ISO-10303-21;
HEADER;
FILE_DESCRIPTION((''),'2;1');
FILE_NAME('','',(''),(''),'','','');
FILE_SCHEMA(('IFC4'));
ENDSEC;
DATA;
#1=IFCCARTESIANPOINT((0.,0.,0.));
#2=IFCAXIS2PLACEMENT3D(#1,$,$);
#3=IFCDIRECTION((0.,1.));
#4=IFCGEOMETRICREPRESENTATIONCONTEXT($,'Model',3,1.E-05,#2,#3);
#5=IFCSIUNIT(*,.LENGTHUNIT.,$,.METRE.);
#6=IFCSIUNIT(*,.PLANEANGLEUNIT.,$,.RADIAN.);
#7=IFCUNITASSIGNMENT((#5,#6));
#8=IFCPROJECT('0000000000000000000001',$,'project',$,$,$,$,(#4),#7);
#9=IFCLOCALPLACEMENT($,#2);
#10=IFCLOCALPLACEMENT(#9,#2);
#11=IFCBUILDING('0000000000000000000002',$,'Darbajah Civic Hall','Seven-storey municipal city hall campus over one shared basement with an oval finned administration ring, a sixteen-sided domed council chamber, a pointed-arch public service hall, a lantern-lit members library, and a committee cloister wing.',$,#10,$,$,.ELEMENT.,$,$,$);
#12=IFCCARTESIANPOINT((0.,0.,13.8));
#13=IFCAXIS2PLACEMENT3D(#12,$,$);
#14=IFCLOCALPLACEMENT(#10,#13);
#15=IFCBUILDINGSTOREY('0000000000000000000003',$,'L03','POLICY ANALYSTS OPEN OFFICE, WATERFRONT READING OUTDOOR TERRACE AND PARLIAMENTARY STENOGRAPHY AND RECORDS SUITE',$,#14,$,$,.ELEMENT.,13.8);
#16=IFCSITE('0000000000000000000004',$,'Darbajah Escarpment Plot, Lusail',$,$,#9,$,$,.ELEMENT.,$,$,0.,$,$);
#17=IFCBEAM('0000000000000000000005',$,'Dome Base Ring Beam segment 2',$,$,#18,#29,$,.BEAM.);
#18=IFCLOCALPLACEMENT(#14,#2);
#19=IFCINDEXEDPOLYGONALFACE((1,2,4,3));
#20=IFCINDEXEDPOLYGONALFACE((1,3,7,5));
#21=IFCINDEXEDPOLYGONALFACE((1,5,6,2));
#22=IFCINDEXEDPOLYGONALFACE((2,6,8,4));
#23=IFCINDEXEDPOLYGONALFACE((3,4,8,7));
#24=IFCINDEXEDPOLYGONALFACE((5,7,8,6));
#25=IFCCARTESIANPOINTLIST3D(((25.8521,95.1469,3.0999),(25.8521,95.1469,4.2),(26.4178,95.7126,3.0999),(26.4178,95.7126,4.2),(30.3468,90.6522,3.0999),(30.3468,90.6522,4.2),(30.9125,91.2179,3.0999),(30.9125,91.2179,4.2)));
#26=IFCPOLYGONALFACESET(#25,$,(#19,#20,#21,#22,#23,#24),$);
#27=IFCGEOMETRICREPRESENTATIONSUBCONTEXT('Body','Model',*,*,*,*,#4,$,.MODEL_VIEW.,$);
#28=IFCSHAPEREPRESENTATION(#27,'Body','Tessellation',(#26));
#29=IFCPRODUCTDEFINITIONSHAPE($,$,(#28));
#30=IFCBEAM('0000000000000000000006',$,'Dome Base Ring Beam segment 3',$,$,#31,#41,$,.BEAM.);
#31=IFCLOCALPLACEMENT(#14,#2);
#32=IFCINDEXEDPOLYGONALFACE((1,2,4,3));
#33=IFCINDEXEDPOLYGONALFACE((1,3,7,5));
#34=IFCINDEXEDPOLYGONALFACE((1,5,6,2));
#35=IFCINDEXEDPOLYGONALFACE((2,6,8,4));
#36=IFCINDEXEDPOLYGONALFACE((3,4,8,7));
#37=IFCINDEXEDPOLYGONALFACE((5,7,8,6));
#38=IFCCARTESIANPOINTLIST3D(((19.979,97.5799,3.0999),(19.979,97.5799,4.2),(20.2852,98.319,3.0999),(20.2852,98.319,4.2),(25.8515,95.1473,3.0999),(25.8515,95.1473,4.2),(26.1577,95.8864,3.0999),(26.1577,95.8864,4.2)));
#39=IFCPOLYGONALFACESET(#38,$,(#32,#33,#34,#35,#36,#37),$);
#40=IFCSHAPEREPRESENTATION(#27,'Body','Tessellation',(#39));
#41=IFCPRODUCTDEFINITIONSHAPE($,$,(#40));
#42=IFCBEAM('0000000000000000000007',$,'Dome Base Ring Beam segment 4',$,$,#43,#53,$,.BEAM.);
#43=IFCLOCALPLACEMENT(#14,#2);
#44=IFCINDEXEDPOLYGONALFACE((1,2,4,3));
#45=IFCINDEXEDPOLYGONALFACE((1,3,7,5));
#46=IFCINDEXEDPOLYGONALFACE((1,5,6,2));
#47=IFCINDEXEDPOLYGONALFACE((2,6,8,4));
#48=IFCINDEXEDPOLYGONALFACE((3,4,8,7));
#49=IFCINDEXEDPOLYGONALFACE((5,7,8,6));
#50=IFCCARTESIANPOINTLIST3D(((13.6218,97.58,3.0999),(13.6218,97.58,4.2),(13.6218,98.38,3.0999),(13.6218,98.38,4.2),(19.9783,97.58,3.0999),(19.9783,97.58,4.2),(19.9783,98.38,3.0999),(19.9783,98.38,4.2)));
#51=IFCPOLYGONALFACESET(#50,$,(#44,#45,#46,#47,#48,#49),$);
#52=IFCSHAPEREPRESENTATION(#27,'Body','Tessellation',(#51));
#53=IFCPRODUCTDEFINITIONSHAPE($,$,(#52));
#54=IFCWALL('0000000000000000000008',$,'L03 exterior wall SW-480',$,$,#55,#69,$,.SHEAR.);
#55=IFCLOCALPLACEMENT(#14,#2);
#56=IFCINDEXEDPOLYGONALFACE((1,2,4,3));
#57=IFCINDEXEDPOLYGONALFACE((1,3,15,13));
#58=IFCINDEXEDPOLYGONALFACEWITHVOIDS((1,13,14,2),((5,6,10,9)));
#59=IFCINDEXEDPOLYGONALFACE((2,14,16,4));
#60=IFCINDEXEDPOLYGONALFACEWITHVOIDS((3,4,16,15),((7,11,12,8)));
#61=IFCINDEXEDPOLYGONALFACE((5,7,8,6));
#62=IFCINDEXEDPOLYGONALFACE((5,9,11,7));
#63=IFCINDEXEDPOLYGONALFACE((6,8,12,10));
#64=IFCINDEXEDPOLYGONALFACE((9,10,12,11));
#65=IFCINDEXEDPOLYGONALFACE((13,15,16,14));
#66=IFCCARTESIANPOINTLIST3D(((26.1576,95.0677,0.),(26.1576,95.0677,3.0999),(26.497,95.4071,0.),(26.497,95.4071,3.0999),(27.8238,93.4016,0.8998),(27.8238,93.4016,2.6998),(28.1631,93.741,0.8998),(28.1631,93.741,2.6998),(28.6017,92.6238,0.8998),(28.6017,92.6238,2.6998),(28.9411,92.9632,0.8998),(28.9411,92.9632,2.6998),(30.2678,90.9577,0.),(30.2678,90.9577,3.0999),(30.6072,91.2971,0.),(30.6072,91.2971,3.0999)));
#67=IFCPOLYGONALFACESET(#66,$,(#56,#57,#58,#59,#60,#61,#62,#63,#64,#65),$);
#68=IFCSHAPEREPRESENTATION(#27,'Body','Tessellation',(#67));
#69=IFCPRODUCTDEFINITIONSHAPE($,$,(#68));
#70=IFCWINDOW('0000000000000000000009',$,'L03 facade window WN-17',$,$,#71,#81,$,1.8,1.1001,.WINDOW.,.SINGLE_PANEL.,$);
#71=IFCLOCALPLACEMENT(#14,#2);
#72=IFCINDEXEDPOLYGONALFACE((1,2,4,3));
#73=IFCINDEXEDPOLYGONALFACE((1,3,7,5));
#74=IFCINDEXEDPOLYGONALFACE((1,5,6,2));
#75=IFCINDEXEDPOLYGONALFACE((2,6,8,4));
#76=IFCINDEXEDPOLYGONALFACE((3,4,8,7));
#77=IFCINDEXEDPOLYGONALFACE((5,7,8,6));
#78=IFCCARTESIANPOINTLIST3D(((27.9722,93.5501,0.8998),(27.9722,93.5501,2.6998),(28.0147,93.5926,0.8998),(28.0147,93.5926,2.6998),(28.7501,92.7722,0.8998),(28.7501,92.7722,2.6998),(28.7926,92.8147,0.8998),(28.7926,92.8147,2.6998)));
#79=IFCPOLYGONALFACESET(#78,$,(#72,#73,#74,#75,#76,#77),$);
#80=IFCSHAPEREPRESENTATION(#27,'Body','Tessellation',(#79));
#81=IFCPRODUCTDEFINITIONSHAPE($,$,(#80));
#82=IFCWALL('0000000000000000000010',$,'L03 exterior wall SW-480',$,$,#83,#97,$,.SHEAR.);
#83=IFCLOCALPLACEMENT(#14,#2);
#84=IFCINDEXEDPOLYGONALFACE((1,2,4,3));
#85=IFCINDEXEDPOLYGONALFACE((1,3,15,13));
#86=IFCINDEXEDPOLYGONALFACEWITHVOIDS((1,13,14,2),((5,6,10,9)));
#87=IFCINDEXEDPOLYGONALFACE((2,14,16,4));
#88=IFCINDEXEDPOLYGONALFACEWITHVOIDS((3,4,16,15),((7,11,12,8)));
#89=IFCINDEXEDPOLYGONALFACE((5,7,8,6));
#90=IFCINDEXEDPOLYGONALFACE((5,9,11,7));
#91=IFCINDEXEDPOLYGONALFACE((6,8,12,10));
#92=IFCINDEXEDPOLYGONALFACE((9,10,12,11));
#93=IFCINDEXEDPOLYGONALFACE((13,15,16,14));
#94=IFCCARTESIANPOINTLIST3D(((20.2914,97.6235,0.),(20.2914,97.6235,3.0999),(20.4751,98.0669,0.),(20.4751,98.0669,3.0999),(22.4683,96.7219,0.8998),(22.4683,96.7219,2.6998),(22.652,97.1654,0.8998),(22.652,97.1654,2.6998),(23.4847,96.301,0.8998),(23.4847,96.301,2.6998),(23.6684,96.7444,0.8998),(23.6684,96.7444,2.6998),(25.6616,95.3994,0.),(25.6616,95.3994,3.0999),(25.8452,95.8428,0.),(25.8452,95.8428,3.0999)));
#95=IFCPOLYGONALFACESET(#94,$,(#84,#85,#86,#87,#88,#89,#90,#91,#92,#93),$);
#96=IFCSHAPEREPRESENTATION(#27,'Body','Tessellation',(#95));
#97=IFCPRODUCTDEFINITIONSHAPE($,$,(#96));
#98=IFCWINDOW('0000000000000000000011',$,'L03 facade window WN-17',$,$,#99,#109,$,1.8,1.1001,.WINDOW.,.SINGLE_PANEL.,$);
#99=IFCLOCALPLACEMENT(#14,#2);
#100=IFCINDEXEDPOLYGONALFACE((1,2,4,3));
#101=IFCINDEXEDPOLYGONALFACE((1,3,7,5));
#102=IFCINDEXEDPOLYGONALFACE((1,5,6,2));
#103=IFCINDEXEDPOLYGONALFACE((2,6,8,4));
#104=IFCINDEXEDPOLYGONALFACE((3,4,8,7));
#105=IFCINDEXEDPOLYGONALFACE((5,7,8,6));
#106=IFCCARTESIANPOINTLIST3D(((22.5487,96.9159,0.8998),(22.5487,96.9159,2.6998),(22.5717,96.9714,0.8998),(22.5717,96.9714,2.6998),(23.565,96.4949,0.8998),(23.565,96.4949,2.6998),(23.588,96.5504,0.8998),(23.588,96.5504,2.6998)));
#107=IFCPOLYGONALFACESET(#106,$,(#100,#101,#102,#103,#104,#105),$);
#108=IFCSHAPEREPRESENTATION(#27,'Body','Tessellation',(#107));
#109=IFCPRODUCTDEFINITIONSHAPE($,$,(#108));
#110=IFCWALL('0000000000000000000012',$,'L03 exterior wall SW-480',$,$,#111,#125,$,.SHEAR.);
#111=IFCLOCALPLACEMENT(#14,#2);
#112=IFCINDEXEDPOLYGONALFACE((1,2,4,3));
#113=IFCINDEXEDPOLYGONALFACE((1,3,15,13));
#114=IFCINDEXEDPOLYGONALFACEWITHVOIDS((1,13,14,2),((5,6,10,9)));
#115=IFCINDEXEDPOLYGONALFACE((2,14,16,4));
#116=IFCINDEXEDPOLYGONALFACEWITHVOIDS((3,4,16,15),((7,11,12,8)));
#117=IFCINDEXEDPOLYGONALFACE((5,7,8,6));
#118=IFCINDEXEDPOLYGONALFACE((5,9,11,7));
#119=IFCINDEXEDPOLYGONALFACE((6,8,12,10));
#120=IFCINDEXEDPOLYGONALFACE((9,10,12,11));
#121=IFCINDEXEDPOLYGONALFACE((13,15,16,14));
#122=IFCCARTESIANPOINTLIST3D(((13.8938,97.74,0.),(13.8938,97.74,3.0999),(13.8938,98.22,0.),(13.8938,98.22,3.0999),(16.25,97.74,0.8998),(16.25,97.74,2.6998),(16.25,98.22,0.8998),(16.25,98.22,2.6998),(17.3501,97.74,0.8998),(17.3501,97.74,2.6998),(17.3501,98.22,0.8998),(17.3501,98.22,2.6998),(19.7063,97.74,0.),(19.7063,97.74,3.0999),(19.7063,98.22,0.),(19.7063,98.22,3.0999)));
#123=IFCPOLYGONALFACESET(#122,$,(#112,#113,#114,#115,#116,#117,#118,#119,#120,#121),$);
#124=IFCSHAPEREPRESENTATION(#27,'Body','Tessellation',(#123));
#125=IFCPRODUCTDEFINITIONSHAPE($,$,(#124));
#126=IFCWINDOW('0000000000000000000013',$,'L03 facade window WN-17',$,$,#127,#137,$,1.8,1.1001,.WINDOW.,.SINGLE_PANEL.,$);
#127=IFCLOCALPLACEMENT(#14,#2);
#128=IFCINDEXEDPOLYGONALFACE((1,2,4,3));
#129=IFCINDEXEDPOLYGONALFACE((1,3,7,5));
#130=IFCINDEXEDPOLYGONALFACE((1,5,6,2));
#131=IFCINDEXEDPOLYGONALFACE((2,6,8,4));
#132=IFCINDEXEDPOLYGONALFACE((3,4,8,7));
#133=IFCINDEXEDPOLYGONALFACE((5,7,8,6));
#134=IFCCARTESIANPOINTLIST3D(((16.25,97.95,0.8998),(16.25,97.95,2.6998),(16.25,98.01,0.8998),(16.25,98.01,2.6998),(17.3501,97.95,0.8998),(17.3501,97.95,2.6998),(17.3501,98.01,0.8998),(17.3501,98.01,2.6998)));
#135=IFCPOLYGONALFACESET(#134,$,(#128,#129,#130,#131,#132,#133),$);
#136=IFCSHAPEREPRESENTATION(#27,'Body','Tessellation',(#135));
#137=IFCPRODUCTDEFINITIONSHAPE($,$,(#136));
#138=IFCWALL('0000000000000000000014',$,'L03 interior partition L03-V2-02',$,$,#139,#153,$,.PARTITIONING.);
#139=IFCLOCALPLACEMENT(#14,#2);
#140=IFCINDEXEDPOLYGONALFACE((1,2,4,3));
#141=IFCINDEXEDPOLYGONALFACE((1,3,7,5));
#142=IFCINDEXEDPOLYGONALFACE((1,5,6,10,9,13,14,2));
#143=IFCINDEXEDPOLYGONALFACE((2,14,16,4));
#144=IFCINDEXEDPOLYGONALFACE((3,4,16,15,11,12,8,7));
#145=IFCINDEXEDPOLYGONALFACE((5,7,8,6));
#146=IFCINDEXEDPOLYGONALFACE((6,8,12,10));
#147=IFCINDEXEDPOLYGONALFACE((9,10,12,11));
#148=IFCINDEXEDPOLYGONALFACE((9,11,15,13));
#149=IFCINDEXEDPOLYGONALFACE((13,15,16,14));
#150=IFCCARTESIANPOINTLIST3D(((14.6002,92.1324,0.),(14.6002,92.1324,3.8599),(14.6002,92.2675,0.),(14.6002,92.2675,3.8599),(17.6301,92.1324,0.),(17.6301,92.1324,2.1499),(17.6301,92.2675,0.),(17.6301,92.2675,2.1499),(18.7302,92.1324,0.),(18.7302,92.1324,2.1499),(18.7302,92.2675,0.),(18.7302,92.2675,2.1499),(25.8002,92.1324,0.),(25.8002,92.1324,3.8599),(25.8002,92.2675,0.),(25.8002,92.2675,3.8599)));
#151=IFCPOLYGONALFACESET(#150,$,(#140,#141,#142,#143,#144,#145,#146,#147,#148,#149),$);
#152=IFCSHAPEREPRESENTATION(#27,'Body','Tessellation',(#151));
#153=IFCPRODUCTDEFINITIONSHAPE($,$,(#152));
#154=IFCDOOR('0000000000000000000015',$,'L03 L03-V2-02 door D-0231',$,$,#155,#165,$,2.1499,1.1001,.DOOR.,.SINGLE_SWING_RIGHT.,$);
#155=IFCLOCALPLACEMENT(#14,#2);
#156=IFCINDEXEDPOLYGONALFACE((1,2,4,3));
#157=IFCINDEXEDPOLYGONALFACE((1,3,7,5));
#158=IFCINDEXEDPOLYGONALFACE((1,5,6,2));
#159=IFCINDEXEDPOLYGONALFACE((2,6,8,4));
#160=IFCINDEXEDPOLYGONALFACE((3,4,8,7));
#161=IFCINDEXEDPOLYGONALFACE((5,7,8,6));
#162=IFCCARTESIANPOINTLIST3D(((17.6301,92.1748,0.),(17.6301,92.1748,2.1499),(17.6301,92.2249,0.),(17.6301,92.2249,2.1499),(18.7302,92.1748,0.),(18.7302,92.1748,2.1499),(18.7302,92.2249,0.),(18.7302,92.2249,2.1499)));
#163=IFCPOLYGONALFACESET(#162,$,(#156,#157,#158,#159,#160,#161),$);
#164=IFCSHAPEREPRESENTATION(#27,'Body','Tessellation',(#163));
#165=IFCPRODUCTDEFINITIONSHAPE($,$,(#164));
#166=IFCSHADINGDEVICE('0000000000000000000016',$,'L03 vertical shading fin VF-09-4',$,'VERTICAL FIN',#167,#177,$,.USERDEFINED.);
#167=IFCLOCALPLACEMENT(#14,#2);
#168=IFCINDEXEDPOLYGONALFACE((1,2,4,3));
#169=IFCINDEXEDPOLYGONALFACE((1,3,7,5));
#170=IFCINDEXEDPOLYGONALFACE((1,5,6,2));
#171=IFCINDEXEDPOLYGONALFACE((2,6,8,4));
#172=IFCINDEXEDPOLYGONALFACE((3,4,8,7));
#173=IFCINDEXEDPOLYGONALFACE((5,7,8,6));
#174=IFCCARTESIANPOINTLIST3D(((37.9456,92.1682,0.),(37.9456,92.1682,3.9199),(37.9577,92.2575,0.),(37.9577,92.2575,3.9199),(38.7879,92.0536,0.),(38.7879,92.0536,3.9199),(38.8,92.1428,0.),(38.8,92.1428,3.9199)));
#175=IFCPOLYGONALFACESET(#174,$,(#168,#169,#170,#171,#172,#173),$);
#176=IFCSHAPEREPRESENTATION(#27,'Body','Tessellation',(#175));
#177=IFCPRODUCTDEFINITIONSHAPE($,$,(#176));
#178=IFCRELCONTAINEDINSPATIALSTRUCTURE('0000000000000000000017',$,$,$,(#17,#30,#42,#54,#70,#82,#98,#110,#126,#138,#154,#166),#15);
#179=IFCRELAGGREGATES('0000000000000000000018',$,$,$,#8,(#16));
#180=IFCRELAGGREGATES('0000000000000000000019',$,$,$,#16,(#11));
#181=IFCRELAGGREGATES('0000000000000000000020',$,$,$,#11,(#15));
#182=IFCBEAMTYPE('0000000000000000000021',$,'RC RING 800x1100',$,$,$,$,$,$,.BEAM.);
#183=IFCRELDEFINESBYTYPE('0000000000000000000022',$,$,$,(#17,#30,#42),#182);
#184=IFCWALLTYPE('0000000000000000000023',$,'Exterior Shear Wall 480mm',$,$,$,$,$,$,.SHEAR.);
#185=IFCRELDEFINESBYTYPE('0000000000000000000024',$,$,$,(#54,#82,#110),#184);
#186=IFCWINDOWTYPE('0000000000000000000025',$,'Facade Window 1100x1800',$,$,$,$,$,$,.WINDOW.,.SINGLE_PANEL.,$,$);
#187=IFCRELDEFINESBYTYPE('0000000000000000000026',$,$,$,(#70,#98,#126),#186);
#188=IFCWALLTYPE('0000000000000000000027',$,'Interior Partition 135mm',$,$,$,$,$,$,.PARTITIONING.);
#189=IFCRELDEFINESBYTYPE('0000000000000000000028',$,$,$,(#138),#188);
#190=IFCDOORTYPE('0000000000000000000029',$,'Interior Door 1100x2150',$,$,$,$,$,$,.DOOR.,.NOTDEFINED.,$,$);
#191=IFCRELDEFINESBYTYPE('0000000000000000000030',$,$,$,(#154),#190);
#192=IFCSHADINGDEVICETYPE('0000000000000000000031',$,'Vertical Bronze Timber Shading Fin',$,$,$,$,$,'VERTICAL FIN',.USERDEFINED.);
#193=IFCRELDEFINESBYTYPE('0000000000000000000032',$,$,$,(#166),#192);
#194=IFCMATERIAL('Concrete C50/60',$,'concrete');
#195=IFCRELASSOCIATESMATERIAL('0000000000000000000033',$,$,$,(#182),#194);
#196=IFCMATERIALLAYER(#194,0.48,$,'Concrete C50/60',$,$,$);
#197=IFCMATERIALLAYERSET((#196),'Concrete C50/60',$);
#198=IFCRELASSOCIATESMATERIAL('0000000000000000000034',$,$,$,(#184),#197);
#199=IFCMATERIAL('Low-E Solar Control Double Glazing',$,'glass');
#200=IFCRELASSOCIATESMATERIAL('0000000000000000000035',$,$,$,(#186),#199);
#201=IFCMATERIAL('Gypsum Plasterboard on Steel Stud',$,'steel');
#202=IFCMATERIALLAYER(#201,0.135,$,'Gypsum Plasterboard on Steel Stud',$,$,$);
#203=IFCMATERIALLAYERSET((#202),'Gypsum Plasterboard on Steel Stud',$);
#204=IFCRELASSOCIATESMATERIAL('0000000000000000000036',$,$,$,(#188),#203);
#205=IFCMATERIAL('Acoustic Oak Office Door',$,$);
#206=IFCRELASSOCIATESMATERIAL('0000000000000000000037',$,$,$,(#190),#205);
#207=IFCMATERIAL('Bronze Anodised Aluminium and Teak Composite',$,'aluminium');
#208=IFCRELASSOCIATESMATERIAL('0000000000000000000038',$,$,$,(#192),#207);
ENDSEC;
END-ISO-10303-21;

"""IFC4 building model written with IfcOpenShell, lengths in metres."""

from ifc_helpers import new_model, si_unit, direction, frame, frame_2d, origin, origin_2d, place, context, subcontext, project, spatial, rectangle, extrude, material, layer, layer_set, material_profile, profile_set, type_object, element, fill, save


model = new_model("IFC4")

# Units and contexts
model_context = context("Model", 3, precision=1e-05, world=origin(), true_north=direction((0.0, 1.0)))
body_context = subcontext(model_context, "Body", "Model", "MODEL_VIEW")
ifc_project = project(units=[si_unit("LENGTHUNIT", "METRE"), si_unit("PLANEANGLEUNIT", "RADIAN")], contexts=[model_context])

# Site, building, storey
site_placement = place(None, origin())
site = spatial("IfcSite", under=ifc_project, at=site_placement, Name="Darbajah Escarpment Plot, Lusail", CompositionType="ELEMENT", RefElevation=0.0)
building_placement = place(site_placement, origin())
building = spatial("IfcBuilding", under=site, at=building_placement, Name="Darbajah Civic Hall", Description="Seven-storey municipal city hall campus over one shared basement with an oval finned administration ring, a sixteen-sided domed council chamber, a pointed-arch public service hall, a lantern-lit members library, and a committee cloister wing.", CompositionType="ELEMENT")
storey_placement = place(building_placement, frame((0.0, 0.0, 13.8)))
storey = spatial("IfcBuildingStorey", under=building, at=storey_placement, Name="L03", Description="POLICY ANALYSTS OPEN OFFICE, WATERFRONT READING OUTDOOR TERRACE AND PARLIAMENTARY STENOGRAPHY AND RECORDS SUITE", CompositionType="ELEMENT", Elevation=13.8)

# Beams
ifc_material_1 = material(Name="Concrete C50/60", Category="concrete")
ifc_material_profile_1 = material_profile(ifc_material_1, rectangle(XDim=0.8, YDim=1.1001, at=origin_2d()), Name="RC RING 800x1100")
ifc_profile_set_1 = profile_set([ifc_material_profile_1], Name="Concrete C50/60")
beam_type = type_object("IfcBeamType", Name="RC RING 800x1100", PredefinedType="BEAM", material=ifc_profile_set_1)
for number, where, z_axis, x_axis, name in (
    (1, (30.6296, 90.9351, 3.6499), (-0.707107, 0.707107, 0.0), (-0.707107, -0.707107, 0.0), "Dome Base Ring Beam segment 2"),
    (2, (26.0046, 95.5168, 3.6499), (-0.923873, 0.3827, 0.0), (-0.3827, -0.923873, 0.0), "Dome Base Ring Beam segment 3"),
    (3, (19.9783, 97.98, 3.6499), (-1.0, 0.0, 0.0), (0.0, -1.0, 0.0), "Dome Base Ring Beam segment 4"),
):
    element("IfcBeam", number, at=place(storey_placement, frame(where, z_axis=z_axis, x_axis=x_axis)), inside=storey, type_object=beam_type, Name=name, PredefinedType="BEAM", context=body_context, shape_type="SweptSolid", body=[
        extrude(rectangle(XDim=0.8, YDim=1.1001, at=origin_2d()), origin(), (0.0, 0.0, 1.0), 6.3564),
    ])

# Walls, openings, windows
ifc_layer_1 = layer(ifc_material_1, 0.48, Name="Concrete C50/60")
ifc_layer_set_1 = layer_set([ifc_layer_1], Name="Concrete C50/60")
wall_type_1 = type_object("IfcWallType", Name="Exterior Shear Wall 480mm", PredefinedType="SHEAR", material=ifc_layer_set_1)
wall_1_placement = place(storey_placement, frame((30.4375, 91.1274, 0.0), z_axis=(0.0, 0.0, 1.0), x_axis=(-0.707128, 0.707086, 0.0)))
wall_1 = element("IfcWall", 4, at=wall_1_placement, inside=storey, type_object=wall_type_1, Name="L03 exterior wall SW-480", PredefinedType="SHEAR", context=body_context, shape_type="SweptSolid", body=[
    extrude(rectangle(XDim=5.8125, YDim=0.48, at=frame_2d((2.9062, 0.0))), origin(), (0.0, 0.0, 1.0), 3.0999),
])
opening_1_placement = place(wall_1_placement, frame((2.3562, 0.0, 0.8999)))
opening_1 = element("IfcOpeningElement", 5, at=opening_1_placement, cuts=wall_1, PredefinedType="OPENING", context=body_context, shape_type="SweptSolid", body=[
    extrude(rectangle(XDim=1.1001, YDim=1.8, at=frame_2d((0.55, 0.8999))), frame((0.0, 0.25, 0.0), z_axis=(0.0, -1.0, 0.0), x_axis=(1.0, 0.0, 0.0)), (0.0, 0.0, 1.0), 0.5),
])
ifc_material_2 = material(Name="Low-E Solar Control Double Glazing", Category="glass")
window_type = type_object("IfcWindowType", Name="Facade Window 1100x1800", PartitioningType="SINGLE_PANEL", PredefinedType="WINDOW", material=ifc_material_2)
window_1_placement = place(opening_1_placement, origin())
window_1 = element("IfcWindow", 6, at=window_1_placement, inside=storey, type_object=window_type, Name="L03 facade window WN-17", OverallHeight=1.8, OverallWidth=1.1001, PartitioningType="SINGLE_PANEL", PredefinedType="WINDOW", context=body_context, shape_type="SweptSolid", body=[
    extrude(rectangle(XDim=1.1001, YDim=1.8, at=frame_2d((0.55, 0.8999))), frame((0.0, 0.03, 0.0), z_axis=(0.0, -1.0, 0.0), x_axis=(1.0, 0.0, 0.0)), (0.0, 0.0, 1.0), 0.0601),
])
fill(opening_1, window_1)
wall_2_placement = place(storey_placement, frame((25.7534, 95.6211, 0.0), z_axis=(0.0, 0.0, 1.0), x_axis=(-0.923895, 0.382646, 0.0)))
wall_2 = element("IfcWall", 7, at=wall_2_placement, inside=storey, type_object=wall_type_1, Name="L03 exterior wall SW-480", PredefinedType="SHEAR", context=body_context, shape_type="SweptSolid", body=[
    extrude(rectangle(XDim=5.8125, YDim=0.48, at=frame_2d((2.9062, 0.0))), origin(), (0.0, 0.0, 1.0), 3.0999),
])
opening_2_placement = place(wall_2_placement, frame((2.3562, 0.0, 0.8999)))
opening_2 = element("IfcOpeningElement", 8, at=opening_2_placement, cuts=wall_2, PredefinedType="OPENING", context=body_context, shape_type="SweptSolid", body=[
    extrude(rectangle(XDim=1.1001, YDim=1.8, at=frame_2d((0.55, 0.8999))), frame((0.0, 0.25, 0.0), z_axis=(0.0, -1.0, 0.0), x_axis=(1.0, 0.0, 0.0)), (0.0, 0.0, 1.0), 0.5),
])
window_2_placement = place(opening_2_placement, origin())
window_2 = element("IfcWindow", 9, at=window_2_placement, inside=storey, type_object=window_type, Name="L03 facade window WN-17", OverallHeight=1.8, OverallWidth=1.1001, PartitioningType="SINGLE_PANEL", PredefinedType="WINDOW", context=body_context, shape_type="SweptSolid", body=[
    extrude(rectangle(XDim=1.1001, YDim=1.8, at=frame_2d((0.55, 0.8999))), frame((0.0, 0.03, 0.0), z_axis=(0.0, -1.0, 0.0), x_axis=(1.0, 0.0, 0.0)), (0.0, 0.0, 1.0), 0.0601),
])
fill(opening_2, window_2)
wall_3_placement = place(storey_placement, frame((19.7063, 97.98, 0.0), z_axis=(0.0, 0.0, 1.0), x_axis=(-1.0, 0.0, 0.0)))
wall_3 = element("IfcWall", 10, at=wall_3_placement, inside=storey, type_object=wall_type_1, Name="L03 exterior wall SW-480", PredefinedType="SHEAR", context=body_context, shape_type="SweptSolid", body=[
    extrude(rectangle(XDim=5.8125, YDim=0.48, at=frame_2d((2.9062, 0.0))), origin(), (0.0, 0.0, 1.0), 3.0999),
])
opening_3_placement = place(wall_3_placement, frame((2.3562, 0.0, 0.8999)))
opening_3 = element("IfcOpeningElement", 11, at=opening_3_placement, cuts=wall_3, PredefinedType="OPENING", context=body_context, shape_type="SweptSolid", body=[
    extrude(rectangle(XDim=1.1001, YDim=1.8, at=frame_2d((0.55, 0.8999))), frame((0.0, 0.25, 0.0), z_axis=(0.0, -1.0, 0.0), x_axis=(1.0, 0.0, 0.0)), (0.0, 0.0, 1.0), 0.5),
])
window_3_placement = place(opening_3_placement, origin())
window_3 = element("IfcWindow", 12, at=window_3_placement, inside=storey, type_object=window_type, Name="L03 facade window WN-17", OverallHeight=1.8, OverallWidth=1.1001, PartitioningType="SINGLE_PANEL", PredefinedType="WINDOW", context=body_context, shape_type="SweptSolid", body=[
    extrude(rectangle(XDim=1.1001, YDim=1.8, at=frame_2d((0.55, 0.8999))), frame((0.0, 0.03, 0.0), z_axis=(0.0, -1.0, 0.0), x_axis=(1.0, 0.0, 0.0)), (0.0, 0.0, 1.0), 0.0601),
])
fill(opening_3, window_3)

# Wall, opening, door
ifc_material_3 = material(Name="Gypsum Plasterboard on Steel Stud", Category="steel")
ifc_layer_2 = layer(ifc_material_3, 0.135, Name="Gypsum Plasterboard on Steel Stud")
ifc_layer_set_2 = layer_set([ifc_layer_2], Name="Gypsum Plasterboard on Steel Stud")
wall_type_2 = type_object("IfcWallType", Name="Interior Partition 135mm", PredefinedType="PARTITIONING", material=ifc_layer_set_2)
wall_4_placement = place(storey_placement, frame((14.6001, 92.2, 0.0), z_axis=(0.0, 0.0, 1.0), x_axis=(1.0, 0.0, 0.0)))
wall_4 = element("IfcWall", 13, at=wall_4_placement, inside=storey, type_object=wall_type_2, Name="L03 interior partition L03-V2-02", PredefinedType="PARTITIONING", context=body_context, shape_type="SweptSolid", body=[
    extrude(rectangle(XDim=11.2, YDim=0.135, at=frame_2d((5.6001, 0.0))), origin(), (0.0, 0.0, 1.0), 3.8599),
])
opening_4_placement = place(wall_4_placement, frame((3.03, 0.0, 0.0)))
opening_4 = element("IfcOpeningElement", 14, at=opening_4_placement, cuts=wall_4, PredefinedType="OPENING", context=body_context, shape_type="SweptSolid", body=[
    extrude(rectangle(XDim=1.1001, YDim=2.1499, at=frame_2d((0.55, 1.075))), frame((0.0, 0.0774, 0.0), z_axis=(0.0, -1.0, 0.0), x_axis=(1.0, 0.0, 0.0)), (0.0, 0.0, 1.0), 0.155),
])
ifc_material_4 = material(Name="Acoustic Oak Office Door")
door_type = type_object("IfcDoorType", Name="Interior Door 1100x2150", OperationType="NOTDEFINED", PredefinedType="DOOR", material=ifc_material_4)
door_placement = place(opening_4_placement, origin())
door = element("IfcDoor", 15, at=door_placement, inside=storey, type_object=door_type, Name="L03 L03-V2-02 door D-0231", OperationType="SINGLE_SWING_RIGHT", OverallHeight=2.1499, OverallWidth=1.1001, PredefinedType="DOOR", context=body_context, shape_type="SweptSolid", body=[
    extrude(rectangle(XDim=1.1001, YDim=2.1499, at=frame_2d((0.55, 1.075))), frame((0.0, 0.0249, 0.0), z_axis=(0.0, -1.0, 0.0), x_axis=(1.0, 0.0, 0.0)), (0.0, 0.0, 1.0), 0.05),
])
fill(opening_4, door)

# Shading device
ifc_material_5 = material(Name="Bronze Anodised Aluminium and Teak Composite", Category="aluminium")
shading_device_type = type_object("IfcShadingDeviceType", Name="Vertical Bronze Timber Shading Fin", ElementType="VERTICAL FIN", PredefinedType="USERDEFINED", material=ifc_material_5)
for number, where, z_axis, x_axis, name in (
    (16, (38.3728, 92.1555, 0.0), (0.0, 0.0, 1.0), (-0.990866, 0.134851, 0.0), "L03 vertical shading fin VF-09-4"),
):
    element("IfcShadingDevice", number, at=place(storey_placement, frame(where, z_axis=z_axis, x_axis=x_axis)), inside=storey, type_object=shading_device_type, Name=name, ObjectType="VERTICAL FIN", PredefinedType="USERDEFINED", context=body_context, shape_type="SweptSolid", body=[
        extrude(rectangle(XDim=0.8501, YDim=0.0901, at=origin_2d()), origin(), (0.0, 0.0, 1.0), 3.9199),
    ])

save(model, "model.ifc")
